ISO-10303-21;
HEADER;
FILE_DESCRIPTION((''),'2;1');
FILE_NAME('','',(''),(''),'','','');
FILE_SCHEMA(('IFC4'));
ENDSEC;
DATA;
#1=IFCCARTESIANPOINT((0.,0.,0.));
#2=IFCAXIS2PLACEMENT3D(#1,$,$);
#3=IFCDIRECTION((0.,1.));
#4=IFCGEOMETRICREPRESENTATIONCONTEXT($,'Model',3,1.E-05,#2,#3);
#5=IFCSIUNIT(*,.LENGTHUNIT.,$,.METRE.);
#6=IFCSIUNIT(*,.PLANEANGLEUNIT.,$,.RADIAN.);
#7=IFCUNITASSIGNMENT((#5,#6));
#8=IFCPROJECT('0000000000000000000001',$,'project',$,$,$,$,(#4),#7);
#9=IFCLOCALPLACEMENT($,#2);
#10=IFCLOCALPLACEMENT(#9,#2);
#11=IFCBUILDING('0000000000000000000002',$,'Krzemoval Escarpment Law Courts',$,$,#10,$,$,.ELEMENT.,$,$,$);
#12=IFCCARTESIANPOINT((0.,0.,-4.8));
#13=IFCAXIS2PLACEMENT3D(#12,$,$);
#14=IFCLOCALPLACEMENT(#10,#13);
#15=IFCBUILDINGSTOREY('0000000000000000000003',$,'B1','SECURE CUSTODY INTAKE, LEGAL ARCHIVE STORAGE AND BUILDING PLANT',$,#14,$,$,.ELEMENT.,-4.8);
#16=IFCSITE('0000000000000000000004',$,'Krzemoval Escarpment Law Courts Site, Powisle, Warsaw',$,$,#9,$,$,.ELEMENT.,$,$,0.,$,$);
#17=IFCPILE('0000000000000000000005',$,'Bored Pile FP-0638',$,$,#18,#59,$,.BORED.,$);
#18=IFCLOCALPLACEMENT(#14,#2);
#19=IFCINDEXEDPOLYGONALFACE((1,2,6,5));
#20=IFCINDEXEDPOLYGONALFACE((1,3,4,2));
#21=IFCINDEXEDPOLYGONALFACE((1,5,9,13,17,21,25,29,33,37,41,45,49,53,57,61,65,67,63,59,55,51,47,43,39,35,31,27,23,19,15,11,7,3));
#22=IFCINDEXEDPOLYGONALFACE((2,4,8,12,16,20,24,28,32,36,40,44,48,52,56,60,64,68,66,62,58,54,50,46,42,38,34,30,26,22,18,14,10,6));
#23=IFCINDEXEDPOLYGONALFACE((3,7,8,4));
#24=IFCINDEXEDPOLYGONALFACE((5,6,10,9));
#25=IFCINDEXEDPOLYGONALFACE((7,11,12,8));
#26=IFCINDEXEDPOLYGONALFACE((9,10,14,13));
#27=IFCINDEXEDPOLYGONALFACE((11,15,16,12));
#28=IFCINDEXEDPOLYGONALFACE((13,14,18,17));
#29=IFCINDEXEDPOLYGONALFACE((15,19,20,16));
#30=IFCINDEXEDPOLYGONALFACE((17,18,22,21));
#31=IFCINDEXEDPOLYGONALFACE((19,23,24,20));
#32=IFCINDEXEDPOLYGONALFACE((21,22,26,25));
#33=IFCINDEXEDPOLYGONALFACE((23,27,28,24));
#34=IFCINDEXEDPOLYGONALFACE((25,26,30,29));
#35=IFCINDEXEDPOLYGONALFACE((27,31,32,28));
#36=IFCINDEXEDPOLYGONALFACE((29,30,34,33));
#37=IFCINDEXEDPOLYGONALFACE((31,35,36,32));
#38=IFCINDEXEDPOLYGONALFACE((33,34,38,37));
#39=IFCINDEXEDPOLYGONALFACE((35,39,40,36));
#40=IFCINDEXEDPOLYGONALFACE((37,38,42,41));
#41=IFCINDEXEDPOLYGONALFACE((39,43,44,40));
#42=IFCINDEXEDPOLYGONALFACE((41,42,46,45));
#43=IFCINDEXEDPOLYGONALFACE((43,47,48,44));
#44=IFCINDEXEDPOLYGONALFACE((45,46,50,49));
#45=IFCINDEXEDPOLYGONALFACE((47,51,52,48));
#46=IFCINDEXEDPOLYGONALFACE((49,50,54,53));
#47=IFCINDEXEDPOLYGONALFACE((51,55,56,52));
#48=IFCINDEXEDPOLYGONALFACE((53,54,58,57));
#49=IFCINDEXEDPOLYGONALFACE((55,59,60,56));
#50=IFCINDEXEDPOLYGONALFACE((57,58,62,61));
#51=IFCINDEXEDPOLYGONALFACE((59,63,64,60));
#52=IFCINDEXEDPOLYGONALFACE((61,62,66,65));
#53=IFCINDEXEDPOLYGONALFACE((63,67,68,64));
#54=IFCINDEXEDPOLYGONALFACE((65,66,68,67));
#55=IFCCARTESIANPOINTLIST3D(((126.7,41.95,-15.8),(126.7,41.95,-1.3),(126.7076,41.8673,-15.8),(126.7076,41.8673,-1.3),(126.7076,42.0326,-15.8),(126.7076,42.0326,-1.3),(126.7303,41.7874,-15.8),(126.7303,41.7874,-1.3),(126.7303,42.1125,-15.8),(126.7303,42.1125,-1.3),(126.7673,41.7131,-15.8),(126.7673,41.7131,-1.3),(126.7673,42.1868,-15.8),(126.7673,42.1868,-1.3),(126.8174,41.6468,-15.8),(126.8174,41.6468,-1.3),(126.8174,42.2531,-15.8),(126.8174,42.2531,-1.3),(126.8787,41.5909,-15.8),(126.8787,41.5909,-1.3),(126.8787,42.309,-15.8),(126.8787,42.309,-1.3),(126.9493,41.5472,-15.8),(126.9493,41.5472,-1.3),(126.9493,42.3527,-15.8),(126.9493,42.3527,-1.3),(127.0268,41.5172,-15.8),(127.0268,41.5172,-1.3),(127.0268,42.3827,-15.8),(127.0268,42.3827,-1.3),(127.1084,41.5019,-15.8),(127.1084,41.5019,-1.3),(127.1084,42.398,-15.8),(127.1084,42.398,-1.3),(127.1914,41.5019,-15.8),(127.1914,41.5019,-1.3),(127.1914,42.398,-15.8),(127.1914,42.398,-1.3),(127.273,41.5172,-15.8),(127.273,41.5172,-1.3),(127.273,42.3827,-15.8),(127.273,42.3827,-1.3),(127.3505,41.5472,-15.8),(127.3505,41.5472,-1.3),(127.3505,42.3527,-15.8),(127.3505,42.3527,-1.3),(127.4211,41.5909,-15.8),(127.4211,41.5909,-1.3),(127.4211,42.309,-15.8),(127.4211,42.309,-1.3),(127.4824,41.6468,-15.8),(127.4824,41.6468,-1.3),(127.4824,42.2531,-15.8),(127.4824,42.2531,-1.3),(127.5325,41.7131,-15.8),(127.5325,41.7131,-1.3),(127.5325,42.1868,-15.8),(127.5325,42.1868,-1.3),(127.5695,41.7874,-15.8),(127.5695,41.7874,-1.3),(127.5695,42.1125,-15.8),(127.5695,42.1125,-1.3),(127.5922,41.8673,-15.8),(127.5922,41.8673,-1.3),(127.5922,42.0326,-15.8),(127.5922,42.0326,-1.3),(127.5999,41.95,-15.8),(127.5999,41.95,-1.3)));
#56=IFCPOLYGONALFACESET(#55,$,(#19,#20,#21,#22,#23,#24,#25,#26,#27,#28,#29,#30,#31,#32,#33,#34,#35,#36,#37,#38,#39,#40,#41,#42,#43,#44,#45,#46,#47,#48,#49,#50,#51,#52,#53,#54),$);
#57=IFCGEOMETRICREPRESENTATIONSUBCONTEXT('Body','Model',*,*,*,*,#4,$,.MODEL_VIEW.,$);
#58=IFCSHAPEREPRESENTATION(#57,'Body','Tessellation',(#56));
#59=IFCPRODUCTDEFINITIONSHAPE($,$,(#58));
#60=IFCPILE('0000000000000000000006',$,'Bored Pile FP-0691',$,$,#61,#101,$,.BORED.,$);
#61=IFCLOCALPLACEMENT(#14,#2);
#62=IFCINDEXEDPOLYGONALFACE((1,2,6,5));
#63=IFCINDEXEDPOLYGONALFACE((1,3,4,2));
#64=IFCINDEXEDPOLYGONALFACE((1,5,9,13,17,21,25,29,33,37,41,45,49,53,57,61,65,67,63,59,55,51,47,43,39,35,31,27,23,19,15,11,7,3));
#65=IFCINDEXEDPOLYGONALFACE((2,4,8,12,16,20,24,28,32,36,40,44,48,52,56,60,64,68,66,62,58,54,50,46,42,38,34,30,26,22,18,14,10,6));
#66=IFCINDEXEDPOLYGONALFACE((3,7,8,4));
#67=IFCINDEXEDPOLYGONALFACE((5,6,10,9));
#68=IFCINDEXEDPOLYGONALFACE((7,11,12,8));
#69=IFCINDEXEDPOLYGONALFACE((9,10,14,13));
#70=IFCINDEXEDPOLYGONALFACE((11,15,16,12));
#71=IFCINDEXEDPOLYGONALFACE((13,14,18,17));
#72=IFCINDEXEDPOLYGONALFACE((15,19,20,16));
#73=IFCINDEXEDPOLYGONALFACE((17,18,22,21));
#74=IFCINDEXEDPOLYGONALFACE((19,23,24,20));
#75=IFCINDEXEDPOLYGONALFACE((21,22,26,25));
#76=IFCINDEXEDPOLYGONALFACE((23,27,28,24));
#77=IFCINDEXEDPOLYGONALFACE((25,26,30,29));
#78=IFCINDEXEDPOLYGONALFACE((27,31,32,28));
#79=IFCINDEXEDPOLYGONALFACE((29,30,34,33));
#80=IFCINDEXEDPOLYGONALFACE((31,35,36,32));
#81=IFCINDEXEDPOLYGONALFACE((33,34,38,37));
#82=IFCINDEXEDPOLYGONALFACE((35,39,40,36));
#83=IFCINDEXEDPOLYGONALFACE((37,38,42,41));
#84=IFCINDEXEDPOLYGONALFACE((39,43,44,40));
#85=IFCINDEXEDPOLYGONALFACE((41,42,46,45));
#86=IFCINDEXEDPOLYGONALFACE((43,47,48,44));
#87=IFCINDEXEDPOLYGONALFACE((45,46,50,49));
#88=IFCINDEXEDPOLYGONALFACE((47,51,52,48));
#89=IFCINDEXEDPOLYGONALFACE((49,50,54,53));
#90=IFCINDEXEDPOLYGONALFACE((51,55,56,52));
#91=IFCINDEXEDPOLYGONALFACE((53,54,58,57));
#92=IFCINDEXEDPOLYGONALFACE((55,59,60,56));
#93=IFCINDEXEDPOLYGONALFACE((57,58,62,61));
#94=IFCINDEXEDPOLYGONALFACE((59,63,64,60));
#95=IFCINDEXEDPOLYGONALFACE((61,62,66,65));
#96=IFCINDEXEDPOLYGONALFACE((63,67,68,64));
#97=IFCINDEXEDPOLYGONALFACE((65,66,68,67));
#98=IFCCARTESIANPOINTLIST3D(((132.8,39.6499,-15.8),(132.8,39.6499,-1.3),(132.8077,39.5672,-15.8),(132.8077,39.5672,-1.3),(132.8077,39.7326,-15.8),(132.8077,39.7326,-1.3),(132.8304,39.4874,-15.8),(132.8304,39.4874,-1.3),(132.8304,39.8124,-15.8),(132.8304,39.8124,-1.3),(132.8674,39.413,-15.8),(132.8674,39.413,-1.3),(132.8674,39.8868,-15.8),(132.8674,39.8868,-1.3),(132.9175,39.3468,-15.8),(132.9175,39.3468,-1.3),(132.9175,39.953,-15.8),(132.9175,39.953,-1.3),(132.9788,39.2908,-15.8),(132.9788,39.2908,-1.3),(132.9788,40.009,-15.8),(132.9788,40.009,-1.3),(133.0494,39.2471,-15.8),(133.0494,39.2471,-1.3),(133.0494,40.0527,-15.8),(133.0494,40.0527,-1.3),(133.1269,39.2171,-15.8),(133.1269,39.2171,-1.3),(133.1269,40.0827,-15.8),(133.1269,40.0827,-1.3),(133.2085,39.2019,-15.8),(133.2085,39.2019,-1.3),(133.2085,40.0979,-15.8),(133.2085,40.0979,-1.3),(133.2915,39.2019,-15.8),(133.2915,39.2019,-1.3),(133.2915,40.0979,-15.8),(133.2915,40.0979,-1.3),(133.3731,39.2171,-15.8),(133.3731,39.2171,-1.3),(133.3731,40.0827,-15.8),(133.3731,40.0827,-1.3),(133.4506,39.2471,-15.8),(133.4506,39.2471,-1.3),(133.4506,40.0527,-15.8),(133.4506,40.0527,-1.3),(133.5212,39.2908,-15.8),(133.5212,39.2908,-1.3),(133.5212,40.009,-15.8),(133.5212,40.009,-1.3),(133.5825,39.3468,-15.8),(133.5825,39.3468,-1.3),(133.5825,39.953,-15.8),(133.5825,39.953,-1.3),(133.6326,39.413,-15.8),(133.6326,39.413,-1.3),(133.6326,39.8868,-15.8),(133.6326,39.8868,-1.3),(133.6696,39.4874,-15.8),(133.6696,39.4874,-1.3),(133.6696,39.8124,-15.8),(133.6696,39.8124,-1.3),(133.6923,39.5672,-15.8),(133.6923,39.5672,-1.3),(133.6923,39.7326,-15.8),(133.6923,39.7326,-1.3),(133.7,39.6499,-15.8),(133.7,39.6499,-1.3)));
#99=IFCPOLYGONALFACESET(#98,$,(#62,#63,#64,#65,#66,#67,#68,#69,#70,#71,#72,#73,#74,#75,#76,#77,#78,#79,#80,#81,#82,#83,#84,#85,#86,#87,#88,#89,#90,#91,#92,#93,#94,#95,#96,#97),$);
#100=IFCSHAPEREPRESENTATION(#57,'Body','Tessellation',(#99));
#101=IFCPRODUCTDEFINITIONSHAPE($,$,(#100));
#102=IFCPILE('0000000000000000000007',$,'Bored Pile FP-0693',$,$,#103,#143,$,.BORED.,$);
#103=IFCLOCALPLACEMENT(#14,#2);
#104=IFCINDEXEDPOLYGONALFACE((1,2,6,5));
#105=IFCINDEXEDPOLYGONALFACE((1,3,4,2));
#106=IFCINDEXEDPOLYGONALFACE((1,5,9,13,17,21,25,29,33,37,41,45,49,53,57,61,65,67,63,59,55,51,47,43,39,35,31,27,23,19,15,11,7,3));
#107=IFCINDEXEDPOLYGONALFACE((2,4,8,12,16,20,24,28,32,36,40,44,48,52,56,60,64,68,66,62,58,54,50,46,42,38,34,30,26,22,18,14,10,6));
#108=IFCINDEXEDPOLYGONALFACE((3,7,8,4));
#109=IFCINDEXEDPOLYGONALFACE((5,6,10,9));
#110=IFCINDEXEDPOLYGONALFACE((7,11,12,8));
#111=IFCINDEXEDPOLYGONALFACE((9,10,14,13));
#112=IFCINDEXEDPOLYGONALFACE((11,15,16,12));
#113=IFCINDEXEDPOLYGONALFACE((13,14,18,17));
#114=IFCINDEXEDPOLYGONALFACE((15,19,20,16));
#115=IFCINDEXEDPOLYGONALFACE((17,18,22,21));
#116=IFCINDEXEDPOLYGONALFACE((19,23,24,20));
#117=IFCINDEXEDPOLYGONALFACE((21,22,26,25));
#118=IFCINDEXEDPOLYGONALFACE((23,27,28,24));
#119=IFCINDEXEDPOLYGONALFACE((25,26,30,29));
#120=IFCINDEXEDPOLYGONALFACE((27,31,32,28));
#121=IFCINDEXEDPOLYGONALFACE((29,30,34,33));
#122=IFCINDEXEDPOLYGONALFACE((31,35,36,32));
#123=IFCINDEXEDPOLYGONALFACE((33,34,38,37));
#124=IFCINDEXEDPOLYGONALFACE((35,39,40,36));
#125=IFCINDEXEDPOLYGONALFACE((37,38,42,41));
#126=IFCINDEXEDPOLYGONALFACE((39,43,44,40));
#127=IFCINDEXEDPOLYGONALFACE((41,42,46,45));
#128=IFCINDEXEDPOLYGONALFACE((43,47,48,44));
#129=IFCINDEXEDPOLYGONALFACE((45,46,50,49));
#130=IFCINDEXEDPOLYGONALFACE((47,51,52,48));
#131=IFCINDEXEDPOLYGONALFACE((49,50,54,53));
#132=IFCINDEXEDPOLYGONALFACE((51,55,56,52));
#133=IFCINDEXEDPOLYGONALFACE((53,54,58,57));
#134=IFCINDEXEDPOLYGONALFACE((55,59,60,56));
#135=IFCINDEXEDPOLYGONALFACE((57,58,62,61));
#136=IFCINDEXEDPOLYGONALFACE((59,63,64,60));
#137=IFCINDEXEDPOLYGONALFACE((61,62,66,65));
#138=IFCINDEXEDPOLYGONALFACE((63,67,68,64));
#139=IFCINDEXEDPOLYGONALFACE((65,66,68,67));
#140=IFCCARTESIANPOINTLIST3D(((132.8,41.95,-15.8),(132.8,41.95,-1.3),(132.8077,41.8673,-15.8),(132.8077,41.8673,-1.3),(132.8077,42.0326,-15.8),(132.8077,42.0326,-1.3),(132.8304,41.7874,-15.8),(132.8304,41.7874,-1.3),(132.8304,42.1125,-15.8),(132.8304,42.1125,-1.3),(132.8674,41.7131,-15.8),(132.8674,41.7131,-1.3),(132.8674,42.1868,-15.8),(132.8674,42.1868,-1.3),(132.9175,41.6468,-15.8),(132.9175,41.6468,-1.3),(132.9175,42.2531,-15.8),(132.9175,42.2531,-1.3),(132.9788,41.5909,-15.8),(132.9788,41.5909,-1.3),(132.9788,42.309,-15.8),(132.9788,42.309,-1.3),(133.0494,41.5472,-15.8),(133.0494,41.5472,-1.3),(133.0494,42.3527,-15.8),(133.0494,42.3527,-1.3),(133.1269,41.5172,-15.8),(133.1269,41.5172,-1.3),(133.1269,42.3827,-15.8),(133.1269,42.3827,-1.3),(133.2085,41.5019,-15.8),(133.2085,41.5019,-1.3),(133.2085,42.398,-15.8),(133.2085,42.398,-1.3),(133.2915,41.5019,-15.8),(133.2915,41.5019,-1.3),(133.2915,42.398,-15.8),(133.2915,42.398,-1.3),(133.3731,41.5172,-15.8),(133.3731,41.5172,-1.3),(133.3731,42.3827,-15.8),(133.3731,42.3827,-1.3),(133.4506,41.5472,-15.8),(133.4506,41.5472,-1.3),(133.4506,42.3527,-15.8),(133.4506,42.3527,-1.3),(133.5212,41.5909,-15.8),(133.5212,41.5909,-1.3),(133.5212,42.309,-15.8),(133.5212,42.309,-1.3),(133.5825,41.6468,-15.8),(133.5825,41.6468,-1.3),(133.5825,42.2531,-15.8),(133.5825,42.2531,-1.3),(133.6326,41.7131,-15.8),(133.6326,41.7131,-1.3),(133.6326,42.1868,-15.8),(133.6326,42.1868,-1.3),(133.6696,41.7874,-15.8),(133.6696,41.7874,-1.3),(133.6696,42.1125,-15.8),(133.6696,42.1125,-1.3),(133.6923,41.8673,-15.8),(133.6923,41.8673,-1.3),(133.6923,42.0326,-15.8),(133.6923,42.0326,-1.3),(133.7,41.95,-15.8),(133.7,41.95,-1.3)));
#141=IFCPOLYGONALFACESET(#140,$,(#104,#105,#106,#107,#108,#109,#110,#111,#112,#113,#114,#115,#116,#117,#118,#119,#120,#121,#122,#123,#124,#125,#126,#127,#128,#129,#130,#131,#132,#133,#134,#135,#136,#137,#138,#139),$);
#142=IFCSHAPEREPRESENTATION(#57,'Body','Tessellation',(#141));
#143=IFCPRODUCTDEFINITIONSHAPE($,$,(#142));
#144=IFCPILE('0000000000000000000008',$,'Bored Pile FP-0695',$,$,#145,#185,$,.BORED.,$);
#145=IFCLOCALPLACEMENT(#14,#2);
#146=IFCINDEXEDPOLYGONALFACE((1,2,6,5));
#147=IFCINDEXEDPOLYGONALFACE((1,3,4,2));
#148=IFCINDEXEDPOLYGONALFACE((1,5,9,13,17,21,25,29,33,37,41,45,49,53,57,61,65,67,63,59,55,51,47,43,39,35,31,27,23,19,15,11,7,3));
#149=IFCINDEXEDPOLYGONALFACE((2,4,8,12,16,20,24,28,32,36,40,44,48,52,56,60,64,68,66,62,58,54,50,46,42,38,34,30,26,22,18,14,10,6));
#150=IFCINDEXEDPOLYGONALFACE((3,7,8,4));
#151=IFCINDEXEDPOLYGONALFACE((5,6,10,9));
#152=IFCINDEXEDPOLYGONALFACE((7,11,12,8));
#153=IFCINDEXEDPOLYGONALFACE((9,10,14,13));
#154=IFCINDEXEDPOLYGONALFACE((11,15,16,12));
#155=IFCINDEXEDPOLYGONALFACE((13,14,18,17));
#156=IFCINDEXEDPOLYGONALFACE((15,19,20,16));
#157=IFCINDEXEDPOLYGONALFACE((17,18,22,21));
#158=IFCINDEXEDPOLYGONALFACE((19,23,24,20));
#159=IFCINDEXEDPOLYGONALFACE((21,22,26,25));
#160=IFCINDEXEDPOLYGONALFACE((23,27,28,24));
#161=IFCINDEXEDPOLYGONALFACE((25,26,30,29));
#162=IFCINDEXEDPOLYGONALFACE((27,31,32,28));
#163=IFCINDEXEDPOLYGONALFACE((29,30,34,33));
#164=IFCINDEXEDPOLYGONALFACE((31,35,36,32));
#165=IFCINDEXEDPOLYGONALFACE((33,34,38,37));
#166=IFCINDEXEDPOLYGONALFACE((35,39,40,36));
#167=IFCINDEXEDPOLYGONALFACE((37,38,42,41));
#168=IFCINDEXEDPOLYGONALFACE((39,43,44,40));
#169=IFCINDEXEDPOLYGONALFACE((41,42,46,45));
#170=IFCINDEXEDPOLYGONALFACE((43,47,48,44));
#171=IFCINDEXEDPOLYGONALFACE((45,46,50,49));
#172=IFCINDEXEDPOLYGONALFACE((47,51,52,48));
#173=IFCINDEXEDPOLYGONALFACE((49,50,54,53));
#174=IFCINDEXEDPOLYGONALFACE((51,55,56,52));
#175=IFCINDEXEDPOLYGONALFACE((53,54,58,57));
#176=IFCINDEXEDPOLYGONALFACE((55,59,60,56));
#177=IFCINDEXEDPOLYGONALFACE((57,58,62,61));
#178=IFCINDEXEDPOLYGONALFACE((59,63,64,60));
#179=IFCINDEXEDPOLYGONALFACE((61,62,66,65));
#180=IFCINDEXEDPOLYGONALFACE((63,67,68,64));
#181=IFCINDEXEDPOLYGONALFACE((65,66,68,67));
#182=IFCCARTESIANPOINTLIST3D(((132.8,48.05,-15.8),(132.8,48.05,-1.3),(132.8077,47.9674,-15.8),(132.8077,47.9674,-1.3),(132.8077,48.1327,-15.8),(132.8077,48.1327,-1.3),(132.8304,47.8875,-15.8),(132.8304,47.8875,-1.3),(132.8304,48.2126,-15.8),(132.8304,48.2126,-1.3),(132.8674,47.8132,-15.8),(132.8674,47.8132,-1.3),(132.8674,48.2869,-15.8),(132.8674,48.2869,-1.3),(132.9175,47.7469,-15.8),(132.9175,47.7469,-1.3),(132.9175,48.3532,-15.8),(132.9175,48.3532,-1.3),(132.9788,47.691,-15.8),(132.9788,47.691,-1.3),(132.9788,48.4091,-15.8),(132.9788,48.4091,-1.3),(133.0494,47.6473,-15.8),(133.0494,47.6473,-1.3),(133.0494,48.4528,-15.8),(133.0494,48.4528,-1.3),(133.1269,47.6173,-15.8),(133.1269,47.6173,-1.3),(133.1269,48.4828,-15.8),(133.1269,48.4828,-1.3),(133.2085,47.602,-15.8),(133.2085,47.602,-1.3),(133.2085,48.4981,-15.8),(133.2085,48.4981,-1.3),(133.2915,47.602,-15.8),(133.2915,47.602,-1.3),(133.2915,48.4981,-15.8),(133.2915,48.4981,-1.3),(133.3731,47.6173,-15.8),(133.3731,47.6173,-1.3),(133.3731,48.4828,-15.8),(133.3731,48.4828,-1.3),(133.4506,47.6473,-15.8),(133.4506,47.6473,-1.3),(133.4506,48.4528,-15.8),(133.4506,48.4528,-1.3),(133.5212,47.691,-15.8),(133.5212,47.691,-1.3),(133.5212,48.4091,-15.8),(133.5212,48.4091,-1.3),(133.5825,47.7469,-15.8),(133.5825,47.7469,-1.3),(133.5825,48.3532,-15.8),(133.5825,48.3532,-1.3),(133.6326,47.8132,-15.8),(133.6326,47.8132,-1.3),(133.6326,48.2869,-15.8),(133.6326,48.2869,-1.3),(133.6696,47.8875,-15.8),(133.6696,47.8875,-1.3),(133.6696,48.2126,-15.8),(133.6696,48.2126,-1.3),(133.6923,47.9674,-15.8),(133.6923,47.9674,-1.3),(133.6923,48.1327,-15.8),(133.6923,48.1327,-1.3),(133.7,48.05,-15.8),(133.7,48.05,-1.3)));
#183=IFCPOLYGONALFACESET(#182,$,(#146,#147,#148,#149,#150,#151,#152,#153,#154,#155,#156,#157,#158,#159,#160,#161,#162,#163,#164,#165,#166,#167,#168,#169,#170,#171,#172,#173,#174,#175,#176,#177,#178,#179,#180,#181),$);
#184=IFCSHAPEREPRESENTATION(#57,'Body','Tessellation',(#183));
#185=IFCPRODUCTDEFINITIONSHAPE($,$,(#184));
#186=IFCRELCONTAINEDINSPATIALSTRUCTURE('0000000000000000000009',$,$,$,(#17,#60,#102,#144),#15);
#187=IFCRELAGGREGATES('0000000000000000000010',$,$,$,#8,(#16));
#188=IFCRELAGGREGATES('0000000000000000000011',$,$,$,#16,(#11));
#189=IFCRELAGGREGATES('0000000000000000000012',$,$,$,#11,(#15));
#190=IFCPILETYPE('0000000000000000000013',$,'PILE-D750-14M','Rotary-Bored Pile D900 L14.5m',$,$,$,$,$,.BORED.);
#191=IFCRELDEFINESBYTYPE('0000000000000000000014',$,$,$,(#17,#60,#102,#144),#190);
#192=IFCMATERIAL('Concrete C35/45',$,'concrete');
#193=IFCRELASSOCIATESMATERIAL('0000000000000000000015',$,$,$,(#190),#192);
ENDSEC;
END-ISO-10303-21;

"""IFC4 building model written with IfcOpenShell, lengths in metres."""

from ifc_helpers import new_model, si_unit, direction, frame, origin, origin_2d, place, context, subcontext, project, spatial, circle, extrude, material, material_profile, profile_set, type_object, element, save


model = new_model("IFC4")

# Units and contexts
model_context = context("Model", 3, precision=1e-05, world=origin(), true_north=direction((0.0, 1.0)))
body_context = subcontext(model_context, "Body", "Model", "MODEL_VIEW")
ifc_project = project(units=[si_unit("LENGTHUNIT", "METRE"), si_unit("PLANEANGLEUNIT", "RADIAN")], contexts=[model_context])

# Site, building, storey
site_placement = place(None, origin())
site = spatial("IfcSite", under=ifc_project, at=site_placement, Name="Krzemoval Escarpment Law Courts Site, Powisle, Warsaw", CompositionType="ELEMENT", RefElevation=0.0)
building_placement = place(site_placement, origin())
building = spatial("IfcBuilding", under=site, at=building_placement, Name="Krzemoval Escarpment Law Courts", CompositionType="ELEMENT")
storey_placement = place(building_placement, frame((0.0, 0.0, -4.8)))
storey = spatial("IfcBuildingStorey", under=building, at=storey_placement, Name="B1", Description="SECURE CUSTODY INTAKE, LEGAL ARCHIVE STORAGE AND BUILDING PLANT", CompositionType="ELEMENT", Elevation=-4.8)

# Piles
ifc_material_1 = material(Name="Concrete C35/45", Category="concrete")
ifc_material_profile_1 = material_profile(ifc_material_1, circle(Radius=0.45, at=origin_2d()), Name="PILE D900")
ifc_profile_set_1 = profile_set([ifc_material_profile_1], Name="Concrete C35/45")
pile_type = type_object("IfcPileType", Name="PILE-D750-14M", Description="Rotary-Bored Pile D900 L14.5m", PredefinedType="BORED", material=ifc_profile_set_1)
for number, where, z_axis, x_axis, name in (
    (1, (127.1499, 41.95, -1.3), (0.0, 0.0, -1.0), (1.0, 0.0, 0.0), "Bored Pile FP-0638"),
    (2, (133.25, 39.6499, -1.3), (0.0, 0.0, -1.0), (1.0, 0.0, 0.0), "Bored Pile FP-0691"),
    (3, (133.25, 41.95, -1.3), (0.0, 0.0, -1.0), (1.0, 0.0, 0.0), "Bored Pile FP-0693"),
    (4, (133.25, 48.05, -1.3), (0.0, 0.0, -1.0), (1.0, 0.0, 0.0), "Bored Pile FP-0695"),
):
    element("IfcPile", number, at=place(storey_placement, frame(where, z_axis=z_axis, x_axis=x_axis)), inside=storey, type_object=pile_type, Name=name, PredefinedType="BORED", context=body_context, shape_type="SweptSolid", body=[
        extrude(circle(Radius=0.45, at=origin_2d()), origin(), (0.0, 0.0, 1.0), 14.5),
    ])

save(model, "model.ifc")
